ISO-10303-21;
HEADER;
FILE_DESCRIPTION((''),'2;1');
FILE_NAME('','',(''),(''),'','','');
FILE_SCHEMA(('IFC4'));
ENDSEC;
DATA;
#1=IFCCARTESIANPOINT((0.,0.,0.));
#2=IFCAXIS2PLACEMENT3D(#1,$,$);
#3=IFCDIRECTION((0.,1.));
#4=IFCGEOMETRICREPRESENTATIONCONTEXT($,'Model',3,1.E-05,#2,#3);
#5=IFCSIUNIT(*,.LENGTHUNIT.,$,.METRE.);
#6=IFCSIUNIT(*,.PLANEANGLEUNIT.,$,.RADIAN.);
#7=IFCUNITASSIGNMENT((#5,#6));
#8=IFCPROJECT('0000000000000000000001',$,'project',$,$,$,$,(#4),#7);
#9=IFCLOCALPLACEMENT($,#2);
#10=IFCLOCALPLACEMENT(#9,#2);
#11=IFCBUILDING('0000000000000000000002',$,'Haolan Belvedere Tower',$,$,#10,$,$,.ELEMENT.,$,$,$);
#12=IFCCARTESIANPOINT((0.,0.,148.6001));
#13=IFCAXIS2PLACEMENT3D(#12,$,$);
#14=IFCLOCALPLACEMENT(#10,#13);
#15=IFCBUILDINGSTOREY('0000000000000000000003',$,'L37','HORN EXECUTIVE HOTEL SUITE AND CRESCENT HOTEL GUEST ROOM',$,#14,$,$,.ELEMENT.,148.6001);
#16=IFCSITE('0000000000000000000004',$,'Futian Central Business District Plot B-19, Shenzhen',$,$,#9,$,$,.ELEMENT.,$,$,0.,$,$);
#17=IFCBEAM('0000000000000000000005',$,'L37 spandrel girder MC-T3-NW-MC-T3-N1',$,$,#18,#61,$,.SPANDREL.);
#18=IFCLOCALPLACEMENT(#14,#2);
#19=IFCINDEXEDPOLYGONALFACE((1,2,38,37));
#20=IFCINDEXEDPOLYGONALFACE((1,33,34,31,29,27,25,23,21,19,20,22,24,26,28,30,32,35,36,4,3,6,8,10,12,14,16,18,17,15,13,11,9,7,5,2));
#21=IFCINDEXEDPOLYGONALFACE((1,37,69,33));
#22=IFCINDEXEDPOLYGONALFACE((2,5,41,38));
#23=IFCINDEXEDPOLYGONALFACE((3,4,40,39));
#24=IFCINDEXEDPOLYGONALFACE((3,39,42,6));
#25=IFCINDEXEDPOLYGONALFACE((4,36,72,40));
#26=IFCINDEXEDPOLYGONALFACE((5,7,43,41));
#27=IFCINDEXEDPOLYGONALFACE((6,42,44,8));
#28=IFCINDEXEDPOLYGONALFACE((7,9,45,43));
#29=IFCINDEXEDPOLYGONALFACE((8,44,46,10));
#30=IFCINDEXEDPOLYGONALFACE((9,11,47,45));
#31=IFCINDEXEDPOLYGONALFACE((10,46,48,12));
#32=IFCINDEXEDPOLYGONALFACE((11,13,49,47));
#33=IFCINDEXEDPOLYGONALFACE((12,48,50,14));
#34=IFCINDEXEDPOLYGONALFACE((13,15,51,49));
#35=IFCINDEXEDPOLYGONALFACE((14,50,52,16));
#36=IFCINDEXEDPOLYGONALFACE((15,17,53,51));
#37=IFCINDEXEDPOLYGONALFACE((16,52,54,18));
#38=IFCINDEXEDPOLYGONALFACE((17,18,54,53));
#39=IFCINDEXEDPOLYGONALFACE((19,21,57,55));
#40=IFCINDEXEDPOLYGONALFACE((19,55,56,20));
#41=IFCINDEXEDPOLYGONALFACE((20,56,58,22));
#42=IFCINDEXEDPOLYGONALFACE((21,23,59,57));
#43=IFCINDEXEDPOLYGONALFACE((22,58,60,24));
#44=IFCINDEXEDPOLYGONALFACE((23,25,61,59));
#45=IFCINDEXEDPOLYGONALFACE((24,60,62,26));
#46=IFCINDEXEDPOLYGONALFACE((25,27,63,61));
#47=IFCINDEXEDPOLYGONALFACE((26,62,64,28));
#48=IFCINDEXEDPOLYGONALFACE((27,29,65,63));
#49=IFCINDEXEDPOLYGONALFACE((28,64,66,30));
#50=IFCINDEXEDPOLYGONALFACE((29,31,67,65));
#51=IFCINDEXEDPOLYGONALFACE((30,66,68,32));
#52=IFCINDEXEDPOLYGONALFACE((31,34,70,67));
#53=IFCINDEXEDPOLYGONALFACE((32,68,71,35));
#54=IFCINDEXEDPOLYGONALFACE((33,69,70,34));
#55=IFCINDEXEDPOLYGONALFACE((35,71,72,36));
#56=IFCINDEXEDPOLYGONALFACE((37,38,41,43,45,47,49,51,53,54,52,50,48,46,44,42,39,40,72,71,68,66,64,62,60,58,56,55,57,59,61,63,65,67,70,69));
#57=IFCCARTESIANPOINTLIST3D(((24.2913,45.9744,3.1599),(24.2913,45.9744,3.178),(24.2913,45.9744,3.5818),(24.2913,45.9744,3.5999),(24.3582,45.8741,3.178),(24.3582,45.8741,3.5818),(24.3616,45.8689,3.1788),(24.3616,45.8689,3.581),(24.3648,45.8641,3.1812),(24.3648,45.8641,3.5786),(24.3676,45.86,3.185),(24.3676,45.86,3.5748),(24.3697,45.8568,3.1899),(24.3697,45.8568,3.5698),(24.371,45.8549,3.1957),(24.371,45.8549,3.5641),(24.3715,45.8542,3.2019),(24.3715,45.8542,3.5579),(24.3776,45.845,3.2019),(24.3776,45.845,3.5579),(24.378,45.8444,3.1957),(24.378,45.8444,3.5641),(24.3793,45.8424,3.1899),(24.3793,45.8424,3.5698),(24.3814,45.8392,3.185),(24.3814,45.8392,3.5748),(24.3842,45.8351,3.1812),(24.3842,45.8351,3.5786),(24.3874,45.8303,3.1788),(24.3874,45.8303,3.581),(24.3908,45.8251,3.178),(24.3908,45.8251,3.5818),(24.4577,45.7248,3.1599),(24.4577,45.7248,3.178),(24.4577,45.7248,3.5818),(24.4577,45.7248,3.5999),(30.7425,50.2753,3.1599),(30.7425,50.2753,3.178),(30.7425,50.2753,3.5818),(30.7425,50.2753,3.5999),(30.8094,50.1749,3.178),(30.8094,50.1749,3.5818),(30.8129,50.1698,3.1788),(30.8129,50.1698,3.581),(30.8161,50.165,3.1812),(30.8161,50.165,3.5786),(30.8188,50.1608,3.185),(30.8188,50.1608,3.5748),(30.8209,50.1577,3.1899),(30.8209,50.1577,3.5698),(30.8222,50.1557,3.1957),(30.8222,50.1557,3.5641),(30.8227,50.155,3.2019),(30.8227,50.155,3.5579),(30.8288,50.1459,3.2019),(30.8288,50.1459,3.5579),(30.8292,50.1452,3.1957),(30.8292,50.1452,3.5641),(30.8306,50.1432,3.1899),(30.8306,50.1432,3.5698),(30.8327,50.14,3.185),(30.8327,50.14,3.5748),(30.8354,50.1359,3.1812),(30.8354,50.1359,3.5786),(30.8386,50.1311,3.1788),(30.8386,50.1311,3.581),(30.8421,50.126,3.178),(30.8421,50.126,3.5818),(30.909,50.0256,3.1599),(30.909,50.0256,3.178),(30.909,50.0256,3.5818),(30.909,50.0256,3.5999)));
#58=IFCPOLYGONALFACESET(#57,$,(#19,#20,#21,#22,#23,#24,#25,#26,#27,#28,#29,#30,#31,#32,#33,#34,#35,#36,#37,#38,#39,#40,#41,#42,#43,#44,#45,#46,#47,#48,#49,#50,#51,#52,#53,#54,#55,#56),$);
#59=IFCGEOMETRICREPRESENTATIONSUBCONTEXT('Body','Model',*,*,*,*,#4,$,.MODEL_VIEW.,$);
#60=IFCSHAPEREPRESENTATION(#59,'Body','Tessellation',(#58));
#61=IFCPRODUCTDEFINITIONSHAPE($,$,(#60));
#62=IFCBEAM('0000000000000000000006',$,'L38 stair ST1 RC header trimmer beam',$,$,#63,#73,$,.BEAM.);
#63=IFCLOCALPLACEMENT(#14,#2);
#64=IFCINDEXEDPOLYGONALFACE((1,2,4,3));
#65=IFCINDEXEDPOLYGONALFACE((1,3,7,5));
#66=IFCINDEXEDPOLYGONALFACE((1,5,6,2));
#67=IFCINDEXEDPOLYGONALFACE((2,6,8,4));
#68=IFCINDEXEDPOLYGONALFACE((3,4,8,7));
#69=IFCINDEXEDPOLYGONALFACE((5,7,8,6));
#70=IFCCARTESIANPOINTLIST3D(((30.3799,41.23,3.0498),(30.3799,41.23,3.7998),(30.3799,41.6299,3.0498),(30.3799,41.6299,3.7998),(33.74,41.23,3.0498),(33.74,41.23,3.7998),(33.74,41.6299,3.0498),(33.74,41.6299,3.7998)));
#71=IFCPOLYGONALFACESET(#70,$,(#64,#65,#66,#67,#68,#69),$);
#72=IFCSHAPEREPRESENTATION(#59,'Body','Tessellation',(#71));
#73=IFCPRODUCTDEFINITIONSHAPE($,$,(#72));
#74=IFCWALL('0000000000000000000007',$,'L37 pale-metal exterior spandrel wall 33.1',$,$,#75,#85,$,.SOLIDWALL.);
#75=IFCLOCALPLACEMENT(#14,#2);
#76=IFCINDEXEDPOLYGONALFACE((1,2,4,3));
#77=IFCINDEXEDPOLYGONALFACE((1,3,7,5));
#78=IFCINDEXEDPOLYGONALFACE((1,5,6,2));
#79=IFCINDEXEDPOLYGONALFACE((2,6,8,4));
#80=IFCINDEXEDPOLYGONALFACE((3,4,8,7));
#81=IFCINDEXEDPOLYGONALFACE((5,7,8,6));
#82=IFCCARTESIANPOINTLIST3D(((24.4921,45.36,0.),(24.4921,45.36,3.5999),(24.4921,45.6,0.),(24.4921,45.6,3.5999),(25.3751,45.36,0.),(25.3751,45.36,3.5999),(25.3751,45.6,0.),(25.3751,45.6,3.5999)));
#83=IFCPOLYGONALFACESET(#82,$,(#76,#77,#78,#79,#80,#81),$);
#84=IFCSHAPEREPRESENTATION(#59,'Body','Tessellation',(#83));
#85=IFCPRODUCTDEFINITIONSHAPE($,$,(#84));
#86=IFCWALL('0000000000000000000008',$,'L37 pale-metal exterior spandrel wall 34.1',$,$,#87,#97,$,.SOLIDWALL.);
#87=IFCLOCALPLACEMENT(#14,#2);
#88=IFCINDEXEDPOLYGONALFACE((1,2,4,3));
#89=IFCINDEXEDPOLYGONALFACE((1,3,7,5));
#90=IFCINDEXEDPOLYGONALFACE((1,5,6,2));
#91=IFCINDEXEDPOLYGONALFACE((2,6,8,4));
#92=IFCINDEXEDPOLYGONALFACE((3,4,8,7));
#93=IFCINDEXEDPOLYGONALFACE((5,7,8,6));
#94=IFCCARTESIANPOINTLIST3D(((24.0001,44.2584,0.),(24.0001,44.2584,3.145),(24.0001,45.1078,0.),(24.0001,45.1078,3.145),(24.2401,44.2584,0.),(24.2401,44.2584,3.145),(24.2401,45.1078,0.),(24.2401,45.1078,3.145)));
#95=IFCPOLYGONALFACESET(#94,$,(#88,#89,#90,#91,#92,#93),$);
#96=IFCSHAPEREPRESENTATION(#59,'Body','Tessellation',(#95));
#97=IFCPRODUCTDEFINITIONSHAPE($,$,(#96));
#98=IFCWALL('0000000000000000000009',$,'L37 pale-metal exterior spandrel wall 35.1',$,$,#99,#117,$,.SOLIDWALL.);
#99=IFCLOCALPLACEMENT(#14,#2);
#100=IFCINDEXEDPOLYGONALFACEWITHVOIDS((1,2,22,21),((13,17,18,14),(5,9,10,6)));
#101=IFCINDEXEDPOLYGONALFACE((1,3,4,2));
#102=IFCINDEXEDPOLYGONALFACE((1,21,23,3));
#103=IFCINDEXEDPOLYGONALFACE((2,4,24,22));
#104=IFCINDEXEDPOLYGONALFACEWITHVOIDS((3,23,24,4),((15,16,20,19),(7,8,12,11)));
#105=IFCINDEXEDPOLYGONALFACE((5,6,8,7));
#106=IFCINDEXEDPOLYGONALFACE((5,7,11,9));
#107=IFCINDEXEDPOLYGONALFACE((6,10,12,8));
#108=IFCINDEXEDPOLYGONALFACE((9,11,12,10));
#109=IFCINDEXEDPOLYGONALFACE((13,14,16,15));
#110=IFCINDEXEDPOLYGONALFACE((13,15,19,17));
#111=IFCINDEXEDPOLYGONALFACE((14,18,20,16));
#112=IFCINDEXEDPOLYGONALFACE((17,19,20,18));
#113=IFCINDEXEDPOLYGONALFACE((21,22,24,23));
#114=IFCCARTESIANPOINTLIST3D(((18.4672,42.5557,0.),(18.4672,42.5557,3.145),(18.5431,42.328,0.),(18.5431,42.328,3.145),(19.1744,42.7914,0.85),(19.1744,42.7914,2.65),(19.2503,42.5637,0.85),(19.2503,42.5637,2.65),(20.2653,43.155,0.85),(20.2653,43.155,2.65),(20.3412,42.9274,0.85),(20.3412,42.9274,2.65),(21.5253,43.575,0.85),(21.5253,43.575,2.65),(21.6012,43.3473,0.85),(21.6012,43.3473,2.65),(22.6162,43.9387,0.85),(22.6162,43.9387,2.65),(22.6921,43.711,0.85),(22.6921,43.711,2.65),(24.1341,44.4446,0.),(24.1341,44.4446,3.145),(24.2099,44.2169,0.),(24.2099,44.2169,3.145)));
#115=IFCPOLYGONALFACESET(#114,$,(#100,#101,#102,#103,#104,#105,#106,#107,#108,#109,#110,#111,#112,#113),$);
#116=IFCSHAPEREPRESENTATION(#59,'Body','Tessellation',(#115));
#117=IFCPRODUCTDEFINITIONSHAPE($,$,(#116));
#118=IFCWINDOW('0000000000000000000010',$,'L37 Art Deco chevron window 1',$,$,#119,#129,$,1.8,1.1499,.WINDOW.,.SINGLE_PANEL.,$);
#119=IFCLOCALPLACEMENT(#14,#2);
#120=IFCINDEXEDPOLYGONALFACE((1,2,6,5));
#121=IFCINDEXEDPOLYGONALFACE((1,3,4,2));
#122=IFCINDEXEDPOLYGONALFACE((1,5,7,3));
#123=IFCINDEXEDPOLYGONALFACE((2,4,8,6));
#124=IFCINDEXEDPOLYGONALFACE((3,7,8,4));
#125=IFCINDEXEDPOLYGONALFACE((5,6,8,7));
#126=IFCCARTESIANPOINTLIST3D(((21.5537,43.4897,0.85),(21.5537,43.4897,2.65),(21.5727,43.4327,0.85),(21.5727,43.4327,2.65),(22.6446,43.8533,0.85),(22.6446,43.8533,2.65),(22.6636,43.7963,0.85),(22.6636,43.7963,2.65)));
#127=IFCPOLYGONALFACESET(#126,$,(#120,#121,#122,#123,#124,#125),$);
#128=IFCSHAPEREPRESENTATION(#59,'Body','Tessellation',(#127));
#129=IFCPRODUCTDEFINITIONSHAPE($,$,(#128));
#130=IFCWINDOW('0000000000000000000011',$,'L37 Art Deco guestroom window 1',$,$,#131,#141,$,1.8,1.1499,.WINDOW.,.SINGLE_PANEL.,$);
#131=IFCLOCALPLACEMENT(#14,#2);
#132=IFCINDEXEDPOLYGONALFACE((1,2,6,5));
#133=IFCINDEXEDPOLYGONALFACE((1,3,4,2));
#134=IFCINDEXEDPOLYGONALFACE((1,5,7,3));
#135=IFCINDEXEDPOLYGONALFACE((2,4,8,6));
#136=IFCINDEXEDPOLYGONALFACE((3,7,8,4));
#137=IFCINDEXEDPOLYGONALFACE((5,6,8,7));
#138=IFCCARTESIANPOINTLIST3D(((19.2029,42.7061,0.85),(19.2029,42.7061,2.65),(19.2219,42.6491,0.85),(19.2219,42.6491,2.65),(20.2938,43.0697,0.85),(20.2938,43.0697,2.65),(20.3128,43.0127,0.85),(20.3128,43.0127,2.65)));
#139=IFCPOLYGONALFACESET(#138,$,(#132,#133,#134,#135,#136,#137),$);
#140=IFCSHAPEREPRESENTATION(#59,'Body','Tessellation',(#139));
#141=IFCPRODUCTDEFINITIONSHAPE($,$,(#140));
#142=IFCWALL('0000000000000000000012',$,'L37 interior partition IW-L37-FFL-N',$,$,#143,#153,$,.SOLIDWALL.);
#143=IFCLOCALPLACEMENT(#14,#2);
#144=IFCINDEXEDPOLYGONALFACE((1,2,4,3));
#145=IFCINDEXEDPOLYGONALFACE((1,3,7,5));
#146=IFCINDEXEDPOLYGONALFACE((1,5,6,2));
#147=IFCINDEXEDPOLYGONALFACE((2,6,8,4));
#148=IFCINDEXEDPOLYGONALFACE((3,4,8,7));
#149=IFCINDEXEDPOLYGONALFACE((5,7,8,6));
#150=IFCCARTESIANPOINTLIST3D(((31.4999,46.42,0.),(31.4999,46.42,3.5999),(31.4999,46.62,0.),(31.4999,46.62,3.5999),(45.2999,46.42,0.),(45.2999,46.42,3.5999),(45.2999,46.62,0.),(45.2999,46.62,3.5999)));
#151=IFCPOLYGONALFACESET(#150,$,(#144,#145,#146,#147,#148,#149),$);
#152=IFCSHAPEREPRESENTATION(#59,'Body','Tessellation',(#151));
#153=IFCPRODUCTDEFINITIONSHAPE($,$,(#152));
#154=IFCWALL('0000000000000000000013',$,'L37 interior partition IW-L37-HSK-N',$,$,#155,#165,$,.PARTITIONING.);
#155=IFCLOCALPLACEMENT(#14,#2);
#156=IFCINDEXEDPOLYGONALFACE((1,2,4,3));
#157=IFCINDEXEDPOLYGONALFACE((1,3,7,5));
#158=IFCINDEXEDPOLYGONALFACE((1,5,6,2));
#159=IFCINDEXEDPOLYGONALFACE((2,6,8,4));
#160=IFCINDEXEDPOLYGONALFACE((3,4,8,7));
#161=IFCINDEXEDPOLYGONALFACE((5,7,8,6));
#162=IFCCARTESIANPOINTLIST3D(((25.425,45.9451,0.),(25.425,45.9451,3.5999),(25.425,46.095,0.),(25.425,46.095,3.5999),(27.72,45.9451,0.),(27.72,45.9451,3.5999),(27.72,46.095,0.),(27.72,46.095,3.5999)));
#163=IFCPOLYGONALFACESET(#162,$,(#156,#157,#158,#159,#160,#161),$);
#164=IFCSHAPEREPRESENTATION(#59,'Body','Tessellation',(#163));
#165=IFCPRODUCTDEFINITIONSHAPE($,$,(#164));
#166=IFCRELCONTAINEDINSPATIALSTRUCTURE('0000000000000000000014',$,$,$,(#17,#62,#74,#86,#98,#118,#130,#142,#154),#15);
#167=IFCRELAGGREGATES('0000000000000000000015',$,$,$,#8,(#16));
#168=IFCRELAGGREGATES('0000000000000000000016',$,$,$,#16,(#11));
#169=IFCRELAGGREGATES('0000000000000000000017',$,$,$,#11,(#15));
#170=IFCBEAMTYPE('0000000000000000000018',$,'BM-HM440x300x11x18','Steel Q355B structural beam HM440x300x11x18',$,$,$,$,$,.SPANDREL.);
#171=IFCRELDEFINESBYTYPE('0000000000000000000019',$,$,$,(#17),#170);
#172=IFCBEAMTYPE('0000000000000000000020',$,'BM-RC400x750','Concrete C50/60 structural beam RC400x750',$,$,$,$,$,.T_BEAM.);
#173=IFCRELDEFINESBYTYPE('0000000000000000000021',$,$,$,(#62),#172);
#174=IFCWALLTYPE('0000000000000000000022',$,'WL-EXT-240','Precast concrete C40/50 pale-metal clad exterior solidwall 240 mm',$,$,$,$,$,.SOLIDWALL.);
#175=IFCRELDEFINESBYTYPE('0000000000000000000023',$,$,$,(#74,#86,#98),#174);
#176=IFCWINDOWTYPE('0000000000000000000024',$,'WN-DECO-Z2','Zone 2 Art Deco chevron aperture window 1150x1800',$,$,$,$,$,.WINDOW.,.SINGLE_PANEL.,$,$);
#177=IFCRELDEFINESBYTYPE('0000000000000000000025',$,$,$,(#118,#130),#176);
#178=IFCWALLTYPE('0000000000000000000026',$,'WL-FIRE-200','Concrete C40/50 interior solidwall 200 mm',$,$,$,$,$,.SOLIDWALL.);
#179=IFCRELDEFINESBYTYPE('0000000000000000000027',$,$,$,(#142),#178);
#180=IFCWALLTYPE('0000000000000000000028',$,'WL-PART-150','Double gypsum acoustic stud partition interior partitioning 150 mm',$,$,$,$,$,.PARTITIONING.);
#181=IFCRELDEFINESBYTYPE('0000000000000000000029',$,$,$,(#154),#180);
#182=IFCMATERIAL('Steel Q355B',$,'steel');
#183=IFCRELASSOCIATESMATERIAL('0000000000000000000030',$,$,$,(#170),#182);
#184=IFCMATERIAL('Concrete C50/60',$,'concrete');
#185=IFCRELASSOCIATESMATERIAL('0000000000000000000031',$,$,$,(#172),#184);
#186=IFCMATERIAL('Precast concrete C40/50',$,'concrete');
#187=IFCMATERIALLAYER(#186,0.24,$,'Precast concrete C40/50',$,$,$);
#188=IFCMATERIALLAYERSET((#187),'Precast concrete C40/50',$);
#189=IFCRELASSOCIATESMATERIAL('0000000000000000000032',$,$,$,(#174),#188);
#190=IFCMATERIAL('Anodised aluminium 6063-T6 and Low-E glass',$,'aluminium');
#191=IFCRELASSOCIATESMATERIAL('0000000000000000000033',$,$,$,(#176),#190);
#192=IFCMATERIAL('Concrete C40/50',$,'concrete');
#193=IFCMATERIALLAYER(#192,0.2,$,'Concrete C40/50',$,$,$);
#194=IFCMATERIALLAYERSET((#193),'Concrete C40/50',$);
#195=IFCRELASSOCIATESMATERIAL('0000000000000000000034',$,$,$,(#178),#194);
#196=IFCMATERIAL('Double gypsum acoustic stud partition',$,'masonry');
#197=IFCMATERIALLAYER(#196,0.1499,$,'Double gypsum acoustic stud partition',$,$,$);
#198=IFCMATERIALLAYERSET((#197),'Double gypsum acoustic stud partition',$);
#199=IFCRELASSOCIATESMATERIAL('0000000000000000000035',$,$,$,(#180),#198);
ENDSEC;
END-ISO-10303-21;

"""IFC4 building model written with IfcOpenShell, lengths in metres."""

from ifc_helpers import new_model, si_unit, direction, frame, frame_2d, origin, origin_2d, place, context, subcontext, project, spatial, rectangle, i_section, extrude, material, layer, layer_set, material_profile, profile_set, type_object, element, fill, save


model = new_model("IFC4")

# Units and contexts
model_context = context("Model", 3, precision=1e-05, world=origin(), true_north=direction((0.0, 1.0)))
body_context = subcontext(model_context, "Body", "Model", "MODEL_VIEW")
ifc_project = project(units=[si_unit("LENGTHUNIT", "METRE"), si_unit("PLANEANGLEUNIT", "RADIAN")], contexts=[model_context])

# Site, building, storey
site_placement = place(None, origin())
site = spatial("IfcSite", under=ifc_project, at=site_placement, Name="Futian Central Business District Plot B-19, Shenzhen", CompositionType="ELEMENT", RefElevation=0.0)
building_placement = place(site_placement, origin())
building = spatial("IfcBuilding", under=site, at=building_placement, Name="Haolan Belvedere Tower", CompositionType="ELEMENT")
storey_placement = place(building_placement, frame((0.0, 0.0, 148.6001)))
storey = spatial("IfcBuildingStorey", under=building, at=storey_placement, Name="L37", Description="HORN EXECUTIVE HOTEL SUITE AND CRESCENT HOTEL GUEST ROOM", CompositionType="ELEMENT", Elevation=148.6001)

# Beams
ifc_material_1 = material(Name="Steel Q355B", Category="steel")
ifc_material_profile_1 = material_profile(ifc_material_1, i_section(OverallWidth=0.3, OverallDepth=0.4399, WebThickness=0.011, FlangeThickness=0.0181, FilletRadius=0.0239, at=origin_2d()), Name="Steel Q355B")
ifc_profile_set_1 = profile_set([ifc_material_profile_1], Name="Steel Q355B")
beam_type_1 = type_object("IfcBeamType", Name="BM-HM440x300x11x18", Description="Steel Q355B structural beam HM440x300x11x18", PredefinedType="SPANDREL", material=ifc_profile_set_1)
beam_1_placement = place(storey_placement, frame((24.3745, 45.8496, 3.3799), z_axis=(0.83205, 0.5547, 0.0), x_axis=(-0.5547, 0.83205, 0.0)))
element("IfcBeam", 1, at=beam_1_placement, inside=storey, type_object=beam_type_1, Name="L37 spandrel girder MC-T3-NW-MC-T3-N1", PredefinedType="SPANDREL", context=body_context, shape_type="SweptSolid", body=[
    extrude(i_section(OverallWidth=0.3, OverallDepth=0.4399, WebThickness=0.011, FlangeThickness=0.0181, FilletRadius=0.0239, at=origin_2d()), origin(), (0.0, 0.0, 1.0), 7.7534),
])
ifc_material_2 = material(Name="Concrete C50/60", Category="concrete")
ifc_material_profile_2 = material_profile(ifc_material_2, rectangle(XDim=0.3999, YDim=0.75, at=origin_2d()), Name="Concrete C50/60")
ifc_profile_set_2 = profile_set([ifc_material_profile_2], Name="Concrete C50/60")
beam_type_2 = type_object("IfcBeamType", Name="BM-RC400x750", Description="Concrete C50/60 structural beam RC400x750", PredefinedType="T_BEAM", material=ifc_profile_set_2)
beam_2_placement = place(storey_placement, frame((30.3799, 41.4299, 3.4248), z_axis=(1.0, 0.0, 0.0), x_axis=(0.0, 1.0, 0.0)))
element("IfcBeam", 2, at=beam_2_placement, inside=storey, type_object=beam_type_2, Name="L38 stair ST1 RC header trimmer beam", PredefinedType="BEAM", context=body_context, shape_type="SweptSolid", body=[
    extrude(rectangle(XDim=0.3999, YDim=0.75, at=origin_2d()), origin(), (0.0, 0.0, 1.0), 3.3601),
])

# Walls
ifc_material_3 = material(Name="Precast concrete C40/50", Category="concrete")
ifc_layer_1 = layer(ifc_material_3, 0.24, Name="Precast concrete C40/50")
ifc_layer_set_1 = layer_set([ifc_layer_1], Name="Precast concrete C40/50")
wall_type_1 = type_object("IfcWallType", Name="WL-EXT-240", Description="Precast concrete C40/50 pale-metal clad exterior solidwall 240 mm", PredefinedType="SOLIDWALL", material=ifc_layer_set_1)
wall_1_placement = place(storey_placement, frame((25.375, 45.48, 0.0), z_axis=(0.0, 0.0, 1.0), x_axis=(-1.0, 0.0, 0.0)))
element("IfcWall", 3, at=wall_1_placement, inside=storey, type_object=wall_type_1, Name="L37 pale-metal exterior spandrel wall 33.1", PredefinedType="SOLIDWALL", context=body_context, shape_type="SweptSolid", body=[
    extrude(rectangle(XDim=0.8831, YDim=0.24, at=frame_2d((0.4414, 0.0))), origin(), (0.0, 0.0, 1.0), 3.5999),
])
wall_2_placement = place(storey_placement, frame((24.1201, 45.1079, 0.0), z_axis=(0.0, 0.0, 1.0), x_axis=(0.0, -1.0, 0.0)))
element("IfcWall", 4, at=wall_2_placement, inside=storey, type_object=wall_type_1, Name="L37 pale-metal exterior spandrel wall 34.1", PredefinedType="SOLIDWALL", context=body_context, shape_type="SweptSolid", body=[
    extrude(rectangle(XDim=0.8494, YDim=0.24, at=frame_2d((0.4248, 0.0))), origin(), (0.0, 0.0, 1.0), 3.145),
])

# Wall, openings, windows
wall_3_placement = place(storey_placement, frame((24.1721, 44.3308, 0.0), z_axis=(0.0, 0.0, 1.0), x_axis=(-0.948683, -0.316228, 0.0)))
wall_3 = element("IfcWall", 5, at=wall_3_placement, inside=storey, type_object=wall_type_1, Name="L37 pale-metal exterior spandrel wall 35.1", PredefinedType="SOLIDWALL", context=body_context, shape_type="SweptSolid", body=[
    extrude(rectangle(XDim=5.9734, YDim=0.24, at=frame_2d((2.9868, 0.0))), origin(), (0.0, 0.0, 1.0), 3.145),
])
opening_1_placement = place(wall_3_placement, frame((1.6001, 0.0, 0.8501)))
opening_1 = element("IfcOpeningElement", 6, at=opening_1_placement, cuts=wall_3, PredefinedType="OPENING", context=body_context, shape_type="SweptSolid", body=[
    extrude(rectangle(XDim=1.1499, YDim=1.8, at=frame_2d((0.575, 0.8999))), frame((0.0, 0.1299, 0.0), z_axis=(0.0, -1.0, 0.0), x_axis=(1.0, 0.0, 0.0)), (0.0, 0.0, 1.0), 0.26),
])
opening_2_placement = place(wall_3_placement, frame((4.0781, 0.0, 0.8501)))
opening_2 = element("IfcOpeningElement", 7, at=opening_2_placement, cuts=wall_3, PredefinedType="OPENING", context=body_context, shape_type="SweptSolid", body=[
    extrude(rectangle(XDim=1.1499, YDim=1.8, at=frame_2d((0.575, 0.8999))), frame((0.0, 0.1299, 0.0), z_axis=(0.0, -1.0, 0.0), x_axis=(1.0, 0.0, 0.0)), (0.0, 0.0, 1.0), 0.26),
])
ifc_material_4 = material(Name="Anodised aluminium 6063-T6 and Low-E glass", Category="aluminium")
window_type = type_object("IfcWindowType", Name="WN-DECO-Z2", Description="Zone 2 Art Deco chevron aperture window 1150x1800", PartitioningType="SINGLE_PANEL", PredefinedType="WINDOW", material=ifc_material_4)
window_1_placement = place(opening_1_placement, origin())
window_1 = element("IfcWindow", 8, at=window_1_placement, inside=storey, type_object=window_type, Name="L37 Art Deco chevron window 1", OverallHeight=1.8, OverallWidth=1.1499, PartitioningType="SINGLE_PANEL", PredefinedType="WINDOW", context=body_context, shape_type="SweptSolid", body=[
    extrude(rectangle(XDim=1.1499, YDim=1.8, at=frame_2d((0.575, 0.8999))), frame((0.0, 0.03, 0.0), z_axis=(0.0, -1.0, 0.0), x_axis=(1.0, 0.0, 0.0)), (0.0, 0.0, 1.0), 0.0601),
])
fill(opening_1, window_1)
window_2_placement = place(opening_2_placement, origin())
window_2 = element("IfcWindow", 9, at=window_2_placement, inside=storey, type_object=window_type, Name="L37 Art Deco guestroom window 1", OverallHeight=1.8, OverallWidth=1.1499, PartitioningType="SINGLE_PANEL", PredefinedType="WINDOW", context=body_context, shape_type="SweptSolid", body=[
    extrude(rectangle(XDim=1.1499, YDim=1.8, at=frame_2d((0.575, 0.8999))), frame((0.0, 0.03, 0.0), z_axis=(0.0, -1.0, 0.0), x_axis=(1.0, 0.0, 0.0)), (0.0, 0.0, 1.0), 0.0601),
])
fill(opening_2, window_2)

# Wall
ifc_material_5 = material(Name="Concrete C40/50", Category="concrete")
ifc_layer_2 = layer(ifc_material_5, 0.2, Name="Concrete C40/50")
ifc_layer_set_2 = layer_set([ifc_layer_2], Name="Concrete C40/50")
wall_type_2 = type_object("IfcWallType", Name="WL-FIRE-200", Description="Concrete C40/50 interior solidwall 200 mm", PredefinedType="SOLIDWALL", material=ifc_layer_set_2)
wall_4_placement = place(storey_placement, frame((31.5, 46.52, 0.0), z_axis=(0.0, 0.0, 1.0), x_axis=(1.0, 0.0, 0.0)))
element("IfcWall", 10, at=wall_4_placement, inside=storey, type_object=wall_type_2, Name="L37 interior partition IW-L37-FFL-N", PredefinedType="SOLIDWALL", context=body_context, shape_type="SweptSolid", body=[
    extrude(rectangle(XDim=13.8, YDim=0.2, at=frame_2d((6.8999, 0.0))), origin(), (0.0, 0.0, 1.0), 3.5999),
])

# Wall
ifc_material_6 = material(Name="Double gypsum acoustic stud partition", Category="masonry")
ifc_layer_3 = layer(ifc_material_6, 0.1499, Name="Double gypsum acoustic stud partition")
ifc_layer_set_3 = layer_set([ifc_layer_3], Name="Double gypsum acoustic stud partition")
wall_type_3 = type_object("IfcWallType", Name="WL-PART-150", Description="Double gypsum acoustic stud partition interior partitioning 150 mm", PredefinedType="PARTITIONING", material=ifc_layer_set_3)
wall_5_placement = place(storey_placement, frame((25.425, 46.02, 0.0), z_axis=(0.0, 0.0, 1.0), x_axis=(1.0, 0.0, 0.0)))
element("IfcWall", 11, at=wall_5_placement, inside=storey, type_object=wall_type_3, Name="L37 interior partition IW-L37-HSK-N", PredefinedType="PARTITIONING", context=body_context, shape_type="SweptSolid", body=[
    extrude(rectangle(XDim=2.2949, YDim=0.1499, at=frame_2d((1.1475, 0.0))), origin(), (0.0, 0.0, 1.0), 3.5999),
])

save(model, "model.ifc")
